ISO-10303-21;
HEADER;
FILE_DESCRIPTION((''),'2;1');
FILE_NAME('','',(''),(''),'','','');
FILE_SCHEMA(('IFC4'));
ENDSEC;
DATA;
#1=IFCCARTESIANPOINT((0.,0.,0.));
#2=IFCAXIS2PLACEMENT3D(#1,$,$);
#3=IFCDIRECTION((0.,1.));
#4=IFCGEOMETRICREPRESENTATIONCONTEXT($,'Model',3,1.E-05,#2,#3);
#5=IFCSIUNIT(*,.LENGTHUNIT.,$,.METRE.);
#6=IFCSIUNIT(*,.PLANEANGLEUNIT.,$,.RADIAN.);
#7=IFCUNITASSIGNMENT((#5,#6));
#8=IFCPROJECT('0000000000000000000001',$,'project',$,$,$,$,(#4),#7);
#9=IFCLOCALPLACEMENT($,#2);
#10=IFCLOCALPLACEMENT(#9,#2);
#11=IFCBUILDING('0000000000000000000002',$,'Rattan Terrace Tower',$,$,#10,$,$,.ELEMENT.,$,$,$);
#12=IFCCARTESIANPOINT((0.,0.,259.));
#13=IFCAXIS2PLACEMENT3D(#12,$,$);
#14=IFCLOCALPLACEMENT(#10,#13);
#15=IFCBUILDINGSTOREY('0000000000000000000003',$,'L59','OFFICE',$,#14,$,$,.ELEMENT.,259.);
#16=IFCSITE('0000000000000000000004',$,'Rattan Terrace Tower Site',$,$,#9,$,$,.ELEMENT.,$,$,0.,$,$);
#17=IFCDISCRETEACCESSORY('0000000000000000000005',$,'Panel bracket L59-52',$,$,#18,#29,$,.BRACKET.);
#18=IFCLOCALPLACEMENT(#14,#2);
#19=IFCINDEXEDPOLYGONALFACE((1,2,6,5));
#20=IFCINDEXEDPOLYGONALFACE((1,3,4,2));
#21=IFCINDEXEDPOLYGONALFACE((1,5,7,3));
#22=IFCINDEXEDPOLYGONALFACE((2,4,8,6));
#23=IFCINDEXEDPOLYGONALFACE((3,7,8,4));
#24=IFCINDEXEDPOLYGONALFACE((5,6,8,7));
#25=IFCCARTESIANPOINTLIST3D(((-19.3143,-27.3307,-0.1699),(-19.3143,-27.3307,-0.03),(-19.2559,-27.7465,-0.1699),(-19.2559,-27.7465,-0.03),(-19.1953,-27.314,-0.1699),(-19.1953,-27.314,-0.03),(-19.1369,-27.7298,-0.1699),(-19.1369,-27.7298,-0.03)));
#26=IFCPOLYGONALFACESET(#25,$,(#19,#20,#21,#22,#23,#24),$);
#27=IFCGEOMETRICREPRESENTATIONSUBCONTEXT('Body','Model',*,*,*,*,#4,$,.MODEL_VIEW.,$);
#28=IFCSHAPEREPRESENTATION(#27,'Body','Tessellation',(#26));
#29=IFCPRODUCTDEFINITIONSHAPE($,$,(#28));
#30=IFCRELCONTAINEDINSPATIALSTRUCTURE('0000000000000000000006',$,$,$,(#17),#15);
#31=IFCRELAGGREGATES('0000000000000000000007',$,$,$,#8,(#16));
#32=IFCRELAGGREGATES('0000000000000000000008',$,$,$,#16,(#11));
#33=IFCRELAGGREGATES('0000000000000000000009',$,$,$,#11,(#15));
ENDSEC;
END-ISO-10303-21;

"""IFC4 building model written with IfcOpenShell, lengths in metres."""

from ifc_helpers import new_model, si_unit, direction, frame, origin, origin_2d, place, context, subcontext, project, spatial, rectangle, extrude, element, save


model = new_model("IFC4")

# Units and contexts
model_context = context("Model", 3, precision=1e-05, world=origin(), true_north=direction((0.0, 1.0)))
body_context = subcontext(model_context, "Body", "Model", "MODEL_VIEW")
ifc_project = project(units=[si_unit("LENGTHUNIT", "METRE"), si_unit("PLANEANGLEUNIT", "RADIAN")], contexts=[model_context])

# Site, building, storey
site_placement = place(None, origin())
site = spatial("IfcSite", under=ifc_project, at=site_placement, Name="Rattan Terrace Tower Site", CompositionType="ELEMENT", RefElevation=0.0)
building_placement = place(site_placement, origin())
building = spatial("IfcBuilding", under=site, at=building_placement, Name="Rattan Terrace Tower", CompositionType="ELEMENT")
storey_placement = place(building_placement, frame((0.0, 0.0, 259.0)))
storey = spatial("IfcBuildingStorey", under=building, at=storey_placement, Name="L59", Description="OFFICE", CompositionType="ELEMENT", Elevation=259.0)

# Discrete accessory
for number, where, z_axis, x_axis, name in (
    (1, (-19.2256, -27.5303, -0.1699), (0.0, 0.0, 1.0), (0.990287, 0.13904, 0.0), "Panel bracket L59-52"),
):
    element("IfcDiscreteAccessory", number, at=place(storey_placement, frame(where, z_axis=z_axis, x_axis=x_axis)), inside=storey, Name=name, PredefinedType="BRACKET", context=body_context, shape_type="SweptSolid", body=[
        extrude(rectangle(XDim=0.1201, YDim=0.4199, at=origin_2d()), origin(), (0.0, 0.0, 1.0), 0.1399),
    ])

save(model, "model.ifc")
